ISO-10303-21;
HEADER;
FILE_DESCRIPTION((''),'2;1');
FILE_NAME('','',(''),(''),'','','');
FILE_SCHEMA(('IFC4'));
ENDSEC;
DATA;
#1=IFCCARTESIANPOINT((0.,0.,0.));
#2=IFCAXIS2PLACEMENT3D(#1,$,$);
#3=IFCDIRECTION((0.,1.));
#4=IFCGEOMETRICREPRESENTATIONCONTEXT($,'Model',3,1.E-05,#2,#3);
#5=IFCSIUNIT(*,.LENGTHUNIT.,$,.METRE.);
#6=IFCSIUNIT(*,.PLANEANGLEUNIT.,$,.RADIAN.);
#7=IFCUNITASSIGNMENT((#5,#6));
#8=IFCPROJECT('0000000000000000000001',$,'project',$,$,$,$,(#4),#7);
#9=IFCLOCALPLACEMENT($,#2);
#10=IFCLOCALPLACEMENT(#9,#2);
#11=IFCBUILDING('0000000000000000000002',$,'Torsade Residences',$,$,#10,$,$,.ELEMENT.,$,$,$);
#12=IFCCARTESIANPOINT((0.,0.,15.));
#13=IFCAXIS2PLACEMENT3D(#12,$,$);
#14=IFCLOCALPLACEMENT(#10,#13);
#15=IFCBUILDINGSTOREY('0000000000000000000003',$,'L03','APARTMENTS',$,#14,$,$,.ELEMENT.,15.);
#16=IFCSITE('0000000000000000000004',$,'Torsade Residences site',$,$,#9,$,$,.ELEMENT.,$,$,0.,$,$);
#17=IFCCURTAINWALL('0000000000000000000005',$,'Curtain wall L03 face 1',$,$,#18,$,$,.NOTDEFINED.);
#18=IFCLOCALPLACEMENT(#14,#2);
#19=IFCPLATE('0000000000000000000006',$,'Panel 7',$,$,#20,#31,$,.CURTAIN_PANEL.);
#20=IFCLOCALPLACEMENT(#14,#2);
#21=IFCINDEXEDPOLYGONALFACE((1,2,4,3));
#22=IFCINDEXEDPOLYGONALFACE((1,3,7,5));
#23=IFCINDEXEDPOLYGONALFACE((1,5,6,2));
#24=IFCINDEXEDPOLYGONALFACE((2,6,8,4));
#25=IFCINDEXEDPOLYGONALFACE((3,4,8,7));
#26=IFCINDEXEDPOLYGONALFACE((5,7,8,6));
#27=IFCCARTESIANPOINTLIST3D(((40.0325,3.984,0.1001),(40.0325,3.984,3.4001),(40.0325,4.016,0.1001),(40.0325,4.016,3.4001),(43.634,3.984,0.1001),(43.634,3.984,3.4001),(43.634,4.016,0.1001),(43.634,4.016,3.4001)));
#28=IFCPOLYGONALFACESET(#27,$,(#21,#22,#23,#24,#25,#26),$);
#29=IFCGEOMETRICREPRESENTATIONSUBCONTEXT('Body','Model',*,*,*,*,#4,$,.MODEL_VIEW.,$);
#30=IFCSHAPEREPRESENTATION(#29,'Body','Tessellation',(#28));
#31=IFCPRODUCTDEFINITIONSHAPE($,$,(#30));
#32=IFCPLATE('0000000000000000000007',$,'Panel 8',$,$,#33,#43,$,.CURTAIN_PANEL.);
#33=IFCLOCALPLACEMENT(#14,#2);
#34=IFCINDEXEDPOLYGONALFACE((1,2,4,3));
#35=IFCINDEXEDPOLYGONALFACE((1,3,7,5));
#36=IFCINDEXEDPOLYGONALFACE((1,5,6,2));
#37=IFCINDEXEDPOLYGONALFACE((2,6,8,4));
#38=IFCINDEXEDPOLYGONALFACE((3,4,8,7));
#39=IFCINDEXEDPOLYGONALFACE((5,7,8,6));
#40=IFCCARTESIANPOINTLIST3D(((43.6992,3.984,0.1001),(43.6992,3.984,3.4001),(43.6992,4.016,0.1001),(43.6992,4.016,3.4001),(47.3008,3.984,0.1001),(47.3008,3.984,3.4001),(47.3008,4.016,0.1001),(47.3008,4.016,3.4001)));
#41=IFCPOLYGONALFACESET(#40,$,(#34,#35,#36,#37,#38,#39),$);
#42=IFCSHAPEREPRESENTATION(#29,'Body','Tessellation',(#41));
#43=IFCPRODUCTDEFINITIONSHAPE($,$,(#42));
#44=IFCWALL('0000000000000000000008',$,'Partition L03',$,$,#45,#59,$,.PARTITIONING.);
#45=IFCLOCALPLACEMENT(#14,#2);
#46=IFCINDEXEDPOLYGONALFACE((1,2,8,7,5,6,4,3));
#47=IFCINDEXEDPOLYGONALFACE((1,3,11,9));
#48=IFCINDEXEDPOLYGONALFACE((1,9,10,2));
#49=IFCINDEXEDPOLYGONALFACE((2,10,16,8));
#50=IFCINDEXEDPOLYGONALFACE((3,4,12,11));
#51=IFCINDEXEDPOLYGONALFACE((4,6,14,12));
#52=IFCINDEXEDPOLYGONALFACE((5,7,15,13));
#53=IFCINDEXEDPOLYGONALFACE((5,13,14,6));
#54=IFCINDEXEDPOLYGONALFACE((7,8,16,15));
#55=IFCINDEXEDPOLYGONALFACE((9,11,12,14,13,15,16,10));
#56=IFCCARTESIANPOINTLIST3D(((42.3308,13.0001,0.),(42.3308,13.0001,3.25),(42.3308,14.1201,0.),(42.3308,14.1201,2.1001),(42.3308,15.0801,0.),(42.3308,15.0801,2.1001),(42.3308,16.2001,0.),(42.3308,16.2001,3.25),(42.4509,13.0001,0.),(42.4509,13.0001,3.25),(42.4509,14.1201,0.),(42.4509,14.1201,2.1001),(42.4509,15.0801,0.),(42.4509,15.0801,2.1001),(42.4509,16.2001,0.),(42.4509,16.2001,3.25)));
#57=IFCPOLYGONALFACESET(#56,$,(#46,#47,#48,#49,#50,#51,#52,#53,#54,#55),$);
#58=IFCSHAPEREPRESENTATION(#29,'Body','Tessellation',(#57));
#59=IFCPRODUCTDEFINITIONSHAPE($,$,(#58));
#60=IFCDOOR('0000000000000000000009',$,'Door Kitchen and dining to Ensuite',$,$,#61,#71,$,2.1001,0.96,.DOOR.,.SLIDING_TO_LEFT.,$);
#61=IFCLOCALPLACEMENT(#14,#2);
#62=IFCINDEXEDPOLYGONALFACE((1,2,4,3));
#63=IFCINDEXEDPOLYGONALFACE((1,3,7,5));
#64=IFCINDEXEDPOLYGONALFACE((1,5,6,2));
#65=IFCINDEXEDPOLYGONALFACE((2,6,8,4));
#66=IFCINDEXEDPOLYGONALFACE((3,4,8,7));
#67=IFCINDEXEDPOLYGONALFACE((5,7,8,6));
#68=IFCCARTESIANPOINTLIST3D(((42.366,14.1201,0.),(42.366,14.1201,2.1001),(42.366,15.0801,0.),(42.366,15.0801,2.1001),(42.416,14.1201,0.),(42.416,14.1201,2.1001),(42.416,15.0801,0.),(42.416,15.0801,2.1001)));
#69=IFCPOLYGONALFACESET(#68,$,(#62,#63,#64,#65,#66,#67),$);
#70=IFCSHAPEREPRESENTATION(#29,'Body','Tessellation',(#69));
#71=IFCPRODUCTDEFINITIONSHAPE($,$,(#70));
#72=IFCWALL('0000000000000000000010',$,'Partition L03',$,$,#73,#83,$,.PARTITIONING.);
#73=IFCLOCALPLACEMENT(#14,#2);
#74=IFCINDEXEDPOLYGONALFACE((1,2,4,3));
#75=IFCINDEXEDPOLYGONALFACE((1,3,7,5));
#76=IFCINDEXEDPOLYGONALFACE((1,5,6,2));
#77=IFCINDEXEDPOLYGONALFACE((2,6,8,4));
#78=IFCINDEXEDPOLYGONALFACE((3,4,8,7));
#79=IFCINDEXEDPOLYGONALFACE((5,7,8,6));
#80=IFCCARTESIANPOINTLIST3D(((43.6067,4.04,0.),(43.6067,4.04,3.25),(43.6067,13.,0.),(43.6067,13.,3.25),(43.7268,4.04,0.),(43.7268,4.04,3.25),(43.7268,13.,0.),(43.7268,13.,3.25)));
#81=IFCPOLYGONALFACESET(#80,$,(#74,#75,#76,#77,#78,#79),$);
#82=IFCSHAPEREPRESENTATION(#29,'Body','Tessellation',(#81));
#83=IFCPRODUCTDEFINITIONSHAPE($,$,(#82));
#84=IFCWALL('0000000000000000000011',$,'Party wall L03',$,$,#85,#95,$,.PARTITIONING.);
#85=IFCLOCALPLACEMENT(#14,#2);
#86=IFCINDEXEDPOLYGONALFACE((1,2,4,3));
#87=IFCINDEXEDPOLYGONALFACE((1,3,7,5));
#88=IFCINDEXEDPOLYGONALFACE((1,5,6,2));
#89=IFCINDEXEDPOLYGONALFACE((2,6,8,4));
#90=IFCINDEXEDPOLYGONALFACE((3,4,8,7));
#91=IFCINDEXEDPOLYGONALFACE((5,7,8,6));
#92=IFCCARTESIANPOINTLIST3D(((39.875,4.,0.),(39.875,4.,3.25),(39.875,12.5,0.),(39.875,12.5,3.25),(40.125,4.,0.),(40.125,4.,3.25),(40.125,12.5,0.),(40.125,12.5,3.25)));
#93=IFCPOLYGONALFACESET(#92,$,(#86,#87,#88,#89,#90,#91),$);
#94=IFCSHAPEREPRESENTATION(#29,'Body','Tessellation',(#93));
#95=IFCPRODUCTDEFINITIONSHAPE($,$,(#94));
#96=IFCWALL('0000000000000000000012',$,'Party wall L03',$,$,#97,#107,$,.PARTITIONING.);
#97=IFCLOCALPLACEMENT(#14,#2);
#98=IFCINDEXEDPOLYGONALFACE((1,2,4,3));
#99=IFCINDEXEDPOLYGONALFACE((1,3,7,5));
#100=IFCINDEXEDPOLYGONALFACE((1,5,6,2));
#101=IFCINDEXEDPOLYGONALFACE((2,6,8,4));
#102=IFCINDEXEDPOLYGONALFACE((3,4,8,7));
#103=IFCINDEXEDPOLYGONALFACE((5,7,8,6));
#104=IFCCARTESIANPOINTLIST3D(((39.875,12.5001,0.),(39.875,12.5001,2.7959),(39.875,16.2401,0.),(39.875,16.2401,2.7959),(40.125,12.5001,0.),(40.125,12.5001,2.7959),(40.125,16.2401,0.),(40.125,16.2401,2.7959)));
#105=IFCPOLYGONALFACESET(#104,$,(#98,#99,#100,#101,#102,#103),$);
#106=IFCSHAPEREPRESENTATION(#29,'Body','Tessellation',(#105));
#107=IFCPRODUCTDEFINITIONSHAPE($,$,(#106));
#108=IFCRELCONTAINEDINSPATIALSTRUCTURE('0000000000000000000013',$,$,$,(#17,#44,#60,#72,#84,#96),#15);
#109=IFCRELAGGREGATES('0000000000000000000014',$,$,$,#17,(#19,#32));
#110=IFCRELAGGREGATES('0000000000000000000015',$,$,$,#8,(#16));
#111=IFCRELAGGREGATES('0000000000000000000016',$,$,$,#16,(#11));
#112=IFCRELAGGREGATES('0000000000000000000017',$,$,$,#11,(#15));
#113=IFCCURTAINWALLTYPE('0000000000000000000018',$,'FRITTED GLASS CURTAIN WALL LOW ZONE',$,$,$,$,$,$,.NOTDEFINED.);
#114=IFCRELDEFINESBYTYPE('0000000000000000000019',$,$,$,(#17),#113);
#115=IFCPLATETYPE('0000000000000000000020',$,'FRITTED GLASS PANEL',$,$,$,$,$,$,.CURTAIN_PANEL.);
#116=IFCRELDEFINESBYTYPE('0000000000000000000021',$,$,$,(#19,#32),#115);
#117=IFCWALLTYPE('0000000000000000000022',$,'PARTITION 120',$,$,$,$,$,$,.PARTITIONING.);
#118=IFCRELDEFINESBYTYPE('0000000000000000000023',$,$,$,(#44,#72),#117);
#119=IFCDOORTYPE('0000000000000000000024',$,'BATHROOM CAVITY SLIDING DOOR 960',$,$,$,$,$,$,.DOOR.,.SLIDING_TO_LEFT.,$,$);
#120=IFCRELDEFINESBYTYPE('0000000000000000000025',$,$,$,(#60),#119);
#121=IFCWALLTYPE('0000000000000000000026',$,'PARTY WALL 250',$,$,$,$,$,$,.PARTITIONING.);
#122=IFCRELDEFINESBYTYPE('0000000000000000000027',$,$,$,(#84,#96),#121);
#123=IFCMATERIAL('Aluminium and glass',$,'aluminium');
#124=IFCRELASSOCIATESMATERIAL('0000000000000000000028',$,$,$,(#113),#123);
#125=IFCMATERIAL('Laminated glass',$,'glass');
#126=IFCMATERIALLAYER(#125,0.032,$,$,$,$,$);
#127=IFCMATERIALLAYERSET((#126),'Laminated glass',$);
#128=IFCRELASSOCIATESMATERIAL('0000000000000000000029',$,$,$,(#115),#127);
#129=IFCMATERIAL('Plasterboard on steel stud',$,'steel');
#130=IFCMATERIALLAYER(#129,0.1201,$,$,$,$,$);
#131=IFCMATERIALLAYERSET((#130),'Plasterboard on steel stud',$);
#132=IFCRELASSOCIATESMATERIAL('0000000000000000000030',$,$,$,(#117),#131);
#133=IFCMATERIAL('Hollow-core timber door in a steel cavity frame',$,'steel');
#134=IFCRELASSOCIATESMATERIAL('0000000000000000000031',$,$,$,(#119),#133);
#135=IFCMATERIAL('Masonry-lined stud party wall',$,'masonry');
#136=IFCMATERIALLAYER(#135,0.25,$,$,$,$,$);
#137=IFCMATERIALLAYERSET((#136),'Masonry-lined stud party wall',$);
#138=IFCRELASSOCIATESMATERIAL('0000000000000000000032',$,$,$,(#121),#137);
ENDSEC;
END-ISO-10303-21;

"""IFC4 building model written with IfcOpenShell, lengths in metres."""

from ifc_helpers import new_model, si_unit, direction, frame, frame_2d, origin, origin_2d, place, context, subcontext, project, spatial, rectangle, extrude, material, layer, layer_set, type_object, element, fill, aggregate, save


model = new_model("IFC4")

# Units and contexts
model_context = context("Model", 3, precision=1e-05, world=origin(), true_north=direction((0.0, 1.0)))
body_context = subcontext(model_context, "Body", "Model", "MODEL_VIEW")
ifc_project = project(units=[si_unit("LENGTHUNIT", "METRE"), si_unit("PLANEANGLEUNIT", "RADIAN")], contexts=[model_context])

# Site, building, storey
site_placement = place(None, origin())
site = spatial("IfcSite", under=ifc_project, at=site_placement, Name="Torsade Residences site", CompositionType="ELEMENT", RefElevation=0.0)
building_placement = place(site_placement, origin())
building = spatial("IfcBuilding", under=site, at=building_placement, Name="Torsade Residences", CompositionType="ELEMENT")
storey_placement = place(building_placement, frame((0.0, 0.0, 15.0)))
storey = spatial("IfcBuildingStorey", under=building, at=storey_placement, Name="L03", Description="APARTMENTS", CompositionType="ELEMENT", Elevation=15.0)

# Curtain wall
ifc_material_1 = material(Name="Aluminium and glass", Category="aluminium")
curtain_wall_type = type_object("IfcCurtainWallType", Name="FRITTED GLASS CURTAIN WALL LOW ZONE", PredefinedType="NOTDEFINED", material=ifc_material_1)
curtain_wall_placement = place(storey_placement, origin())
curtain_wall = element("IfcCurtainWall", 1, at=curtain_wall_placement, inside=storey, type_object=curtain_wall_type, Name="Curtain wall L03 face 1", PredefinedType="NOTDEFINED")

# Plates
ifc_material_2 = material(Name="Laminated glass", Category="glass")
ifc_layer_1 = layer(ifc_material_2, 0.032)
ifc_layer_set_1 = layer_set([ifc_layer_1], Name="Laminated glass")
plate_type = type_object("IfcPlateType", Name="FRITTED GLASS PANEL", PredefinedType="CURTAIN_PANEL", material=ifc_layer_set_1)
plate_1_placement = place(storey_placement, frame((41.8333, 4.0, 0.1001), z_axis=(0.0, 0.0, 1.0), x_axis=(1.0, 0.0, 0.0)))
plate_1 = element("IfcPlate", 2, at=plate_1_placement, type_object=plate_type, Name="Panel 7", PredefinedType="CURTAIN_PANEL", context=body_context, shape_type="SweptSolid", body=[
    extrude(rectangle(XDim=3.6016, YDim=0.032, at=origin_2d()), origin(), (0.0, 0.0, 1.0), 3.3),
])
plate_2_placement = place(storey_placement, frame((45.5, 4.0, 0.1001), z_axis=(0.0, 0.0, 1.0), x_axis=(1.0, 0.0, 0.0)))
plate_2 = element("IfcPlate", 3, at=plate_2_placement, type_object=plate_type, Name="Panel 8", PredefinedType="CURTAIN_PANEL", context=body_context, shape_type="SweptSolid", body=[
    extrude(rectangle(XDim=3.6016, YDim=0.032, at=origin_2d()), origin(), (0.0, 0.0, 1.0), 3.3),
])
aggregate(curtain_wall, [plate_1, plate_2])

# Wall, opening, door
ifc_material_3 = material(Name="Plasterboard on steel stud", Category="steel")
ifc_layer_2 = layer(ifc_material_3, 0.1201)
ifc_layer_set_2 = layer_set([ifc_layer_2], Name="Plasterboard on steel stud")
wall_type_1 = type_object("IfcWallType", Name="PARTITION 120", PredefinedType="PARTITIONING", material=ifc_layer_set_2)
wall_1_placement = place(storey_placement, frame((42.3909, 13.0, 0.0), z_axis=(0.0, 0.0, 1.0), x_axis=(0.0, 1.0, 0.0)))
wall_1 = element("IfcWall", 4, at=wall_1_placement, inside=storey, type_object=wall_type_1, Name="Partition L03", PredefinedType="PARTITIONING", context=body_context, shape_type="SweptSolid", body=[
    extrude(rectangle(XDim=3.2, YDim=0.1201, at=frame_2d((1.6001, 0.0))), origin(), (0.0, 0.0, 1.0), 3.25),
])
opening_placement = place(wall_1_placement, frame((1.1201, 0.0, 0.0)))
opening = element("IfcOpeningElement", 5, at=opening_placement, cuts=wall_1, PredefinedType="OPENING", context=body_context, shape_type="SweptSolid", body=[
    extrude(rectangle(XDim=0.96, YDim=2.1001, at=frame_2d((0.48, 1.05))), frame((0.0, 0.0701, 0.0), z_axis=(0.0, -1.0, 0.0), x_axis=(1.0, 0.0, 0.0)), (0.0, 0.0, 1.0), 0.1401),
])
ifc_material_4 = material(Name="Hollow-core timber door in a steel cavity frame", Category="steel")
door_type = type_object("IfcDoorType", Name="BATHROOM CAVITY SLIDING DOOR 960", OperationType="SLIDING_TO_LEFT", PredefinedType="DOOR", material=ifc_material_4)
door_placement = place(opening_placement, origin())
door = element("IfcDoor", 6, at=door_placement, inside=storey, type_object=door_type, Name="Door Kitchen and dining to Ensuite", OperationType="SLIDING_TO_LEFT", OverallHeight=2.1001, OverallWidth=0.96, PredefinedType="DOOR", context=body_context, shape_type="SweptSolid", body=[
    extrude(rectangle(XDim=0.96, YDim=2.1001, at=frame_2d((0.48, 1.05))), frame((0.0, 0.0249, 0.0), z_axis=(0.0, -1.0, 0.0), x_axis=(1.0, 0.0, 0.0)), (0.0, 0.0, 1.0), 0.05),
])
fill(opening, door)

# Walls
wall_2_placement = place(storey_placement, frame((43.6667, 13.0, 0.0), z_axis=(0.0, 0.0, 1.0), x_axis=(0.0, -1.0, 0.0)))
element("IfcWall", 7, at=wall_2_placement, inside=storey, type_object=wall_type_1, Name="Partition L03", PredefinedType="PARTITIONING", context=body_context, shape_type="SweptSolid", body=[
    extrude(rectangle(XDim=8.96, YDim=0.1201, at=frame_2d((4.48, 0.0))), origin(), (0.0, 0.0, 1.0), 3.25),
])
ifc_material_5 = material(Name="Masonry-lined stud party wall", Category="masonry")
ifc_layer_3 = layer(ifc_material_5, 0.25)
ifc_layer_set_3 = layer_set([ifc_layer_3], Name="Masonry-lined stud party wall")
wall_type_2 = type_object("IfcWallType", Name="PARTY WALL 250", PredefinedType="PARTITIONING", material=ifc_layer_set_3)
wall_3_placement = place(storey_placement, frame((40.0, 4.0, 0.0), z_axis=(0.0, 0.0, 1.0), x_axis=(0.0, 1.0, 0.0)))
element("IfcWall", 8, at=wall_3_placement, inside=storey, type_object=wall_type_2, Name="Party wall L03", PredefinedType="PARTITIONING", context=body_context, shape_type="SweptSolid", body=[
    extrude(rectangle(XDim=8.5, YDim=0.25, at=frame_2d((4.25, 0.0))), origin(), (0.0, 0.0, 1.0), 3.25),
])
wall_4_placement = place(storey_placement, frame((40.0, 12.5, 0.0), z_axis=(0.0, 0.0, 1.0), x_axis=(0.0, 1.0, 0.0)))
element("IfcWall", 9, at=wall_4_placement, inside=storey, type_object=wall_type_2, Name="Party wall L03", PredefinedType="PARTITIONING", context=body_context, shape_type="SweptSolid", body=[
    extrude(rectangle(XDim=3.74, YDim=0.25, at=frame_2d((1.8701, 0.0))), origin(), (0.0, 0.0, 1.0), 2.7959),
])

save(model, "model.ifc")
